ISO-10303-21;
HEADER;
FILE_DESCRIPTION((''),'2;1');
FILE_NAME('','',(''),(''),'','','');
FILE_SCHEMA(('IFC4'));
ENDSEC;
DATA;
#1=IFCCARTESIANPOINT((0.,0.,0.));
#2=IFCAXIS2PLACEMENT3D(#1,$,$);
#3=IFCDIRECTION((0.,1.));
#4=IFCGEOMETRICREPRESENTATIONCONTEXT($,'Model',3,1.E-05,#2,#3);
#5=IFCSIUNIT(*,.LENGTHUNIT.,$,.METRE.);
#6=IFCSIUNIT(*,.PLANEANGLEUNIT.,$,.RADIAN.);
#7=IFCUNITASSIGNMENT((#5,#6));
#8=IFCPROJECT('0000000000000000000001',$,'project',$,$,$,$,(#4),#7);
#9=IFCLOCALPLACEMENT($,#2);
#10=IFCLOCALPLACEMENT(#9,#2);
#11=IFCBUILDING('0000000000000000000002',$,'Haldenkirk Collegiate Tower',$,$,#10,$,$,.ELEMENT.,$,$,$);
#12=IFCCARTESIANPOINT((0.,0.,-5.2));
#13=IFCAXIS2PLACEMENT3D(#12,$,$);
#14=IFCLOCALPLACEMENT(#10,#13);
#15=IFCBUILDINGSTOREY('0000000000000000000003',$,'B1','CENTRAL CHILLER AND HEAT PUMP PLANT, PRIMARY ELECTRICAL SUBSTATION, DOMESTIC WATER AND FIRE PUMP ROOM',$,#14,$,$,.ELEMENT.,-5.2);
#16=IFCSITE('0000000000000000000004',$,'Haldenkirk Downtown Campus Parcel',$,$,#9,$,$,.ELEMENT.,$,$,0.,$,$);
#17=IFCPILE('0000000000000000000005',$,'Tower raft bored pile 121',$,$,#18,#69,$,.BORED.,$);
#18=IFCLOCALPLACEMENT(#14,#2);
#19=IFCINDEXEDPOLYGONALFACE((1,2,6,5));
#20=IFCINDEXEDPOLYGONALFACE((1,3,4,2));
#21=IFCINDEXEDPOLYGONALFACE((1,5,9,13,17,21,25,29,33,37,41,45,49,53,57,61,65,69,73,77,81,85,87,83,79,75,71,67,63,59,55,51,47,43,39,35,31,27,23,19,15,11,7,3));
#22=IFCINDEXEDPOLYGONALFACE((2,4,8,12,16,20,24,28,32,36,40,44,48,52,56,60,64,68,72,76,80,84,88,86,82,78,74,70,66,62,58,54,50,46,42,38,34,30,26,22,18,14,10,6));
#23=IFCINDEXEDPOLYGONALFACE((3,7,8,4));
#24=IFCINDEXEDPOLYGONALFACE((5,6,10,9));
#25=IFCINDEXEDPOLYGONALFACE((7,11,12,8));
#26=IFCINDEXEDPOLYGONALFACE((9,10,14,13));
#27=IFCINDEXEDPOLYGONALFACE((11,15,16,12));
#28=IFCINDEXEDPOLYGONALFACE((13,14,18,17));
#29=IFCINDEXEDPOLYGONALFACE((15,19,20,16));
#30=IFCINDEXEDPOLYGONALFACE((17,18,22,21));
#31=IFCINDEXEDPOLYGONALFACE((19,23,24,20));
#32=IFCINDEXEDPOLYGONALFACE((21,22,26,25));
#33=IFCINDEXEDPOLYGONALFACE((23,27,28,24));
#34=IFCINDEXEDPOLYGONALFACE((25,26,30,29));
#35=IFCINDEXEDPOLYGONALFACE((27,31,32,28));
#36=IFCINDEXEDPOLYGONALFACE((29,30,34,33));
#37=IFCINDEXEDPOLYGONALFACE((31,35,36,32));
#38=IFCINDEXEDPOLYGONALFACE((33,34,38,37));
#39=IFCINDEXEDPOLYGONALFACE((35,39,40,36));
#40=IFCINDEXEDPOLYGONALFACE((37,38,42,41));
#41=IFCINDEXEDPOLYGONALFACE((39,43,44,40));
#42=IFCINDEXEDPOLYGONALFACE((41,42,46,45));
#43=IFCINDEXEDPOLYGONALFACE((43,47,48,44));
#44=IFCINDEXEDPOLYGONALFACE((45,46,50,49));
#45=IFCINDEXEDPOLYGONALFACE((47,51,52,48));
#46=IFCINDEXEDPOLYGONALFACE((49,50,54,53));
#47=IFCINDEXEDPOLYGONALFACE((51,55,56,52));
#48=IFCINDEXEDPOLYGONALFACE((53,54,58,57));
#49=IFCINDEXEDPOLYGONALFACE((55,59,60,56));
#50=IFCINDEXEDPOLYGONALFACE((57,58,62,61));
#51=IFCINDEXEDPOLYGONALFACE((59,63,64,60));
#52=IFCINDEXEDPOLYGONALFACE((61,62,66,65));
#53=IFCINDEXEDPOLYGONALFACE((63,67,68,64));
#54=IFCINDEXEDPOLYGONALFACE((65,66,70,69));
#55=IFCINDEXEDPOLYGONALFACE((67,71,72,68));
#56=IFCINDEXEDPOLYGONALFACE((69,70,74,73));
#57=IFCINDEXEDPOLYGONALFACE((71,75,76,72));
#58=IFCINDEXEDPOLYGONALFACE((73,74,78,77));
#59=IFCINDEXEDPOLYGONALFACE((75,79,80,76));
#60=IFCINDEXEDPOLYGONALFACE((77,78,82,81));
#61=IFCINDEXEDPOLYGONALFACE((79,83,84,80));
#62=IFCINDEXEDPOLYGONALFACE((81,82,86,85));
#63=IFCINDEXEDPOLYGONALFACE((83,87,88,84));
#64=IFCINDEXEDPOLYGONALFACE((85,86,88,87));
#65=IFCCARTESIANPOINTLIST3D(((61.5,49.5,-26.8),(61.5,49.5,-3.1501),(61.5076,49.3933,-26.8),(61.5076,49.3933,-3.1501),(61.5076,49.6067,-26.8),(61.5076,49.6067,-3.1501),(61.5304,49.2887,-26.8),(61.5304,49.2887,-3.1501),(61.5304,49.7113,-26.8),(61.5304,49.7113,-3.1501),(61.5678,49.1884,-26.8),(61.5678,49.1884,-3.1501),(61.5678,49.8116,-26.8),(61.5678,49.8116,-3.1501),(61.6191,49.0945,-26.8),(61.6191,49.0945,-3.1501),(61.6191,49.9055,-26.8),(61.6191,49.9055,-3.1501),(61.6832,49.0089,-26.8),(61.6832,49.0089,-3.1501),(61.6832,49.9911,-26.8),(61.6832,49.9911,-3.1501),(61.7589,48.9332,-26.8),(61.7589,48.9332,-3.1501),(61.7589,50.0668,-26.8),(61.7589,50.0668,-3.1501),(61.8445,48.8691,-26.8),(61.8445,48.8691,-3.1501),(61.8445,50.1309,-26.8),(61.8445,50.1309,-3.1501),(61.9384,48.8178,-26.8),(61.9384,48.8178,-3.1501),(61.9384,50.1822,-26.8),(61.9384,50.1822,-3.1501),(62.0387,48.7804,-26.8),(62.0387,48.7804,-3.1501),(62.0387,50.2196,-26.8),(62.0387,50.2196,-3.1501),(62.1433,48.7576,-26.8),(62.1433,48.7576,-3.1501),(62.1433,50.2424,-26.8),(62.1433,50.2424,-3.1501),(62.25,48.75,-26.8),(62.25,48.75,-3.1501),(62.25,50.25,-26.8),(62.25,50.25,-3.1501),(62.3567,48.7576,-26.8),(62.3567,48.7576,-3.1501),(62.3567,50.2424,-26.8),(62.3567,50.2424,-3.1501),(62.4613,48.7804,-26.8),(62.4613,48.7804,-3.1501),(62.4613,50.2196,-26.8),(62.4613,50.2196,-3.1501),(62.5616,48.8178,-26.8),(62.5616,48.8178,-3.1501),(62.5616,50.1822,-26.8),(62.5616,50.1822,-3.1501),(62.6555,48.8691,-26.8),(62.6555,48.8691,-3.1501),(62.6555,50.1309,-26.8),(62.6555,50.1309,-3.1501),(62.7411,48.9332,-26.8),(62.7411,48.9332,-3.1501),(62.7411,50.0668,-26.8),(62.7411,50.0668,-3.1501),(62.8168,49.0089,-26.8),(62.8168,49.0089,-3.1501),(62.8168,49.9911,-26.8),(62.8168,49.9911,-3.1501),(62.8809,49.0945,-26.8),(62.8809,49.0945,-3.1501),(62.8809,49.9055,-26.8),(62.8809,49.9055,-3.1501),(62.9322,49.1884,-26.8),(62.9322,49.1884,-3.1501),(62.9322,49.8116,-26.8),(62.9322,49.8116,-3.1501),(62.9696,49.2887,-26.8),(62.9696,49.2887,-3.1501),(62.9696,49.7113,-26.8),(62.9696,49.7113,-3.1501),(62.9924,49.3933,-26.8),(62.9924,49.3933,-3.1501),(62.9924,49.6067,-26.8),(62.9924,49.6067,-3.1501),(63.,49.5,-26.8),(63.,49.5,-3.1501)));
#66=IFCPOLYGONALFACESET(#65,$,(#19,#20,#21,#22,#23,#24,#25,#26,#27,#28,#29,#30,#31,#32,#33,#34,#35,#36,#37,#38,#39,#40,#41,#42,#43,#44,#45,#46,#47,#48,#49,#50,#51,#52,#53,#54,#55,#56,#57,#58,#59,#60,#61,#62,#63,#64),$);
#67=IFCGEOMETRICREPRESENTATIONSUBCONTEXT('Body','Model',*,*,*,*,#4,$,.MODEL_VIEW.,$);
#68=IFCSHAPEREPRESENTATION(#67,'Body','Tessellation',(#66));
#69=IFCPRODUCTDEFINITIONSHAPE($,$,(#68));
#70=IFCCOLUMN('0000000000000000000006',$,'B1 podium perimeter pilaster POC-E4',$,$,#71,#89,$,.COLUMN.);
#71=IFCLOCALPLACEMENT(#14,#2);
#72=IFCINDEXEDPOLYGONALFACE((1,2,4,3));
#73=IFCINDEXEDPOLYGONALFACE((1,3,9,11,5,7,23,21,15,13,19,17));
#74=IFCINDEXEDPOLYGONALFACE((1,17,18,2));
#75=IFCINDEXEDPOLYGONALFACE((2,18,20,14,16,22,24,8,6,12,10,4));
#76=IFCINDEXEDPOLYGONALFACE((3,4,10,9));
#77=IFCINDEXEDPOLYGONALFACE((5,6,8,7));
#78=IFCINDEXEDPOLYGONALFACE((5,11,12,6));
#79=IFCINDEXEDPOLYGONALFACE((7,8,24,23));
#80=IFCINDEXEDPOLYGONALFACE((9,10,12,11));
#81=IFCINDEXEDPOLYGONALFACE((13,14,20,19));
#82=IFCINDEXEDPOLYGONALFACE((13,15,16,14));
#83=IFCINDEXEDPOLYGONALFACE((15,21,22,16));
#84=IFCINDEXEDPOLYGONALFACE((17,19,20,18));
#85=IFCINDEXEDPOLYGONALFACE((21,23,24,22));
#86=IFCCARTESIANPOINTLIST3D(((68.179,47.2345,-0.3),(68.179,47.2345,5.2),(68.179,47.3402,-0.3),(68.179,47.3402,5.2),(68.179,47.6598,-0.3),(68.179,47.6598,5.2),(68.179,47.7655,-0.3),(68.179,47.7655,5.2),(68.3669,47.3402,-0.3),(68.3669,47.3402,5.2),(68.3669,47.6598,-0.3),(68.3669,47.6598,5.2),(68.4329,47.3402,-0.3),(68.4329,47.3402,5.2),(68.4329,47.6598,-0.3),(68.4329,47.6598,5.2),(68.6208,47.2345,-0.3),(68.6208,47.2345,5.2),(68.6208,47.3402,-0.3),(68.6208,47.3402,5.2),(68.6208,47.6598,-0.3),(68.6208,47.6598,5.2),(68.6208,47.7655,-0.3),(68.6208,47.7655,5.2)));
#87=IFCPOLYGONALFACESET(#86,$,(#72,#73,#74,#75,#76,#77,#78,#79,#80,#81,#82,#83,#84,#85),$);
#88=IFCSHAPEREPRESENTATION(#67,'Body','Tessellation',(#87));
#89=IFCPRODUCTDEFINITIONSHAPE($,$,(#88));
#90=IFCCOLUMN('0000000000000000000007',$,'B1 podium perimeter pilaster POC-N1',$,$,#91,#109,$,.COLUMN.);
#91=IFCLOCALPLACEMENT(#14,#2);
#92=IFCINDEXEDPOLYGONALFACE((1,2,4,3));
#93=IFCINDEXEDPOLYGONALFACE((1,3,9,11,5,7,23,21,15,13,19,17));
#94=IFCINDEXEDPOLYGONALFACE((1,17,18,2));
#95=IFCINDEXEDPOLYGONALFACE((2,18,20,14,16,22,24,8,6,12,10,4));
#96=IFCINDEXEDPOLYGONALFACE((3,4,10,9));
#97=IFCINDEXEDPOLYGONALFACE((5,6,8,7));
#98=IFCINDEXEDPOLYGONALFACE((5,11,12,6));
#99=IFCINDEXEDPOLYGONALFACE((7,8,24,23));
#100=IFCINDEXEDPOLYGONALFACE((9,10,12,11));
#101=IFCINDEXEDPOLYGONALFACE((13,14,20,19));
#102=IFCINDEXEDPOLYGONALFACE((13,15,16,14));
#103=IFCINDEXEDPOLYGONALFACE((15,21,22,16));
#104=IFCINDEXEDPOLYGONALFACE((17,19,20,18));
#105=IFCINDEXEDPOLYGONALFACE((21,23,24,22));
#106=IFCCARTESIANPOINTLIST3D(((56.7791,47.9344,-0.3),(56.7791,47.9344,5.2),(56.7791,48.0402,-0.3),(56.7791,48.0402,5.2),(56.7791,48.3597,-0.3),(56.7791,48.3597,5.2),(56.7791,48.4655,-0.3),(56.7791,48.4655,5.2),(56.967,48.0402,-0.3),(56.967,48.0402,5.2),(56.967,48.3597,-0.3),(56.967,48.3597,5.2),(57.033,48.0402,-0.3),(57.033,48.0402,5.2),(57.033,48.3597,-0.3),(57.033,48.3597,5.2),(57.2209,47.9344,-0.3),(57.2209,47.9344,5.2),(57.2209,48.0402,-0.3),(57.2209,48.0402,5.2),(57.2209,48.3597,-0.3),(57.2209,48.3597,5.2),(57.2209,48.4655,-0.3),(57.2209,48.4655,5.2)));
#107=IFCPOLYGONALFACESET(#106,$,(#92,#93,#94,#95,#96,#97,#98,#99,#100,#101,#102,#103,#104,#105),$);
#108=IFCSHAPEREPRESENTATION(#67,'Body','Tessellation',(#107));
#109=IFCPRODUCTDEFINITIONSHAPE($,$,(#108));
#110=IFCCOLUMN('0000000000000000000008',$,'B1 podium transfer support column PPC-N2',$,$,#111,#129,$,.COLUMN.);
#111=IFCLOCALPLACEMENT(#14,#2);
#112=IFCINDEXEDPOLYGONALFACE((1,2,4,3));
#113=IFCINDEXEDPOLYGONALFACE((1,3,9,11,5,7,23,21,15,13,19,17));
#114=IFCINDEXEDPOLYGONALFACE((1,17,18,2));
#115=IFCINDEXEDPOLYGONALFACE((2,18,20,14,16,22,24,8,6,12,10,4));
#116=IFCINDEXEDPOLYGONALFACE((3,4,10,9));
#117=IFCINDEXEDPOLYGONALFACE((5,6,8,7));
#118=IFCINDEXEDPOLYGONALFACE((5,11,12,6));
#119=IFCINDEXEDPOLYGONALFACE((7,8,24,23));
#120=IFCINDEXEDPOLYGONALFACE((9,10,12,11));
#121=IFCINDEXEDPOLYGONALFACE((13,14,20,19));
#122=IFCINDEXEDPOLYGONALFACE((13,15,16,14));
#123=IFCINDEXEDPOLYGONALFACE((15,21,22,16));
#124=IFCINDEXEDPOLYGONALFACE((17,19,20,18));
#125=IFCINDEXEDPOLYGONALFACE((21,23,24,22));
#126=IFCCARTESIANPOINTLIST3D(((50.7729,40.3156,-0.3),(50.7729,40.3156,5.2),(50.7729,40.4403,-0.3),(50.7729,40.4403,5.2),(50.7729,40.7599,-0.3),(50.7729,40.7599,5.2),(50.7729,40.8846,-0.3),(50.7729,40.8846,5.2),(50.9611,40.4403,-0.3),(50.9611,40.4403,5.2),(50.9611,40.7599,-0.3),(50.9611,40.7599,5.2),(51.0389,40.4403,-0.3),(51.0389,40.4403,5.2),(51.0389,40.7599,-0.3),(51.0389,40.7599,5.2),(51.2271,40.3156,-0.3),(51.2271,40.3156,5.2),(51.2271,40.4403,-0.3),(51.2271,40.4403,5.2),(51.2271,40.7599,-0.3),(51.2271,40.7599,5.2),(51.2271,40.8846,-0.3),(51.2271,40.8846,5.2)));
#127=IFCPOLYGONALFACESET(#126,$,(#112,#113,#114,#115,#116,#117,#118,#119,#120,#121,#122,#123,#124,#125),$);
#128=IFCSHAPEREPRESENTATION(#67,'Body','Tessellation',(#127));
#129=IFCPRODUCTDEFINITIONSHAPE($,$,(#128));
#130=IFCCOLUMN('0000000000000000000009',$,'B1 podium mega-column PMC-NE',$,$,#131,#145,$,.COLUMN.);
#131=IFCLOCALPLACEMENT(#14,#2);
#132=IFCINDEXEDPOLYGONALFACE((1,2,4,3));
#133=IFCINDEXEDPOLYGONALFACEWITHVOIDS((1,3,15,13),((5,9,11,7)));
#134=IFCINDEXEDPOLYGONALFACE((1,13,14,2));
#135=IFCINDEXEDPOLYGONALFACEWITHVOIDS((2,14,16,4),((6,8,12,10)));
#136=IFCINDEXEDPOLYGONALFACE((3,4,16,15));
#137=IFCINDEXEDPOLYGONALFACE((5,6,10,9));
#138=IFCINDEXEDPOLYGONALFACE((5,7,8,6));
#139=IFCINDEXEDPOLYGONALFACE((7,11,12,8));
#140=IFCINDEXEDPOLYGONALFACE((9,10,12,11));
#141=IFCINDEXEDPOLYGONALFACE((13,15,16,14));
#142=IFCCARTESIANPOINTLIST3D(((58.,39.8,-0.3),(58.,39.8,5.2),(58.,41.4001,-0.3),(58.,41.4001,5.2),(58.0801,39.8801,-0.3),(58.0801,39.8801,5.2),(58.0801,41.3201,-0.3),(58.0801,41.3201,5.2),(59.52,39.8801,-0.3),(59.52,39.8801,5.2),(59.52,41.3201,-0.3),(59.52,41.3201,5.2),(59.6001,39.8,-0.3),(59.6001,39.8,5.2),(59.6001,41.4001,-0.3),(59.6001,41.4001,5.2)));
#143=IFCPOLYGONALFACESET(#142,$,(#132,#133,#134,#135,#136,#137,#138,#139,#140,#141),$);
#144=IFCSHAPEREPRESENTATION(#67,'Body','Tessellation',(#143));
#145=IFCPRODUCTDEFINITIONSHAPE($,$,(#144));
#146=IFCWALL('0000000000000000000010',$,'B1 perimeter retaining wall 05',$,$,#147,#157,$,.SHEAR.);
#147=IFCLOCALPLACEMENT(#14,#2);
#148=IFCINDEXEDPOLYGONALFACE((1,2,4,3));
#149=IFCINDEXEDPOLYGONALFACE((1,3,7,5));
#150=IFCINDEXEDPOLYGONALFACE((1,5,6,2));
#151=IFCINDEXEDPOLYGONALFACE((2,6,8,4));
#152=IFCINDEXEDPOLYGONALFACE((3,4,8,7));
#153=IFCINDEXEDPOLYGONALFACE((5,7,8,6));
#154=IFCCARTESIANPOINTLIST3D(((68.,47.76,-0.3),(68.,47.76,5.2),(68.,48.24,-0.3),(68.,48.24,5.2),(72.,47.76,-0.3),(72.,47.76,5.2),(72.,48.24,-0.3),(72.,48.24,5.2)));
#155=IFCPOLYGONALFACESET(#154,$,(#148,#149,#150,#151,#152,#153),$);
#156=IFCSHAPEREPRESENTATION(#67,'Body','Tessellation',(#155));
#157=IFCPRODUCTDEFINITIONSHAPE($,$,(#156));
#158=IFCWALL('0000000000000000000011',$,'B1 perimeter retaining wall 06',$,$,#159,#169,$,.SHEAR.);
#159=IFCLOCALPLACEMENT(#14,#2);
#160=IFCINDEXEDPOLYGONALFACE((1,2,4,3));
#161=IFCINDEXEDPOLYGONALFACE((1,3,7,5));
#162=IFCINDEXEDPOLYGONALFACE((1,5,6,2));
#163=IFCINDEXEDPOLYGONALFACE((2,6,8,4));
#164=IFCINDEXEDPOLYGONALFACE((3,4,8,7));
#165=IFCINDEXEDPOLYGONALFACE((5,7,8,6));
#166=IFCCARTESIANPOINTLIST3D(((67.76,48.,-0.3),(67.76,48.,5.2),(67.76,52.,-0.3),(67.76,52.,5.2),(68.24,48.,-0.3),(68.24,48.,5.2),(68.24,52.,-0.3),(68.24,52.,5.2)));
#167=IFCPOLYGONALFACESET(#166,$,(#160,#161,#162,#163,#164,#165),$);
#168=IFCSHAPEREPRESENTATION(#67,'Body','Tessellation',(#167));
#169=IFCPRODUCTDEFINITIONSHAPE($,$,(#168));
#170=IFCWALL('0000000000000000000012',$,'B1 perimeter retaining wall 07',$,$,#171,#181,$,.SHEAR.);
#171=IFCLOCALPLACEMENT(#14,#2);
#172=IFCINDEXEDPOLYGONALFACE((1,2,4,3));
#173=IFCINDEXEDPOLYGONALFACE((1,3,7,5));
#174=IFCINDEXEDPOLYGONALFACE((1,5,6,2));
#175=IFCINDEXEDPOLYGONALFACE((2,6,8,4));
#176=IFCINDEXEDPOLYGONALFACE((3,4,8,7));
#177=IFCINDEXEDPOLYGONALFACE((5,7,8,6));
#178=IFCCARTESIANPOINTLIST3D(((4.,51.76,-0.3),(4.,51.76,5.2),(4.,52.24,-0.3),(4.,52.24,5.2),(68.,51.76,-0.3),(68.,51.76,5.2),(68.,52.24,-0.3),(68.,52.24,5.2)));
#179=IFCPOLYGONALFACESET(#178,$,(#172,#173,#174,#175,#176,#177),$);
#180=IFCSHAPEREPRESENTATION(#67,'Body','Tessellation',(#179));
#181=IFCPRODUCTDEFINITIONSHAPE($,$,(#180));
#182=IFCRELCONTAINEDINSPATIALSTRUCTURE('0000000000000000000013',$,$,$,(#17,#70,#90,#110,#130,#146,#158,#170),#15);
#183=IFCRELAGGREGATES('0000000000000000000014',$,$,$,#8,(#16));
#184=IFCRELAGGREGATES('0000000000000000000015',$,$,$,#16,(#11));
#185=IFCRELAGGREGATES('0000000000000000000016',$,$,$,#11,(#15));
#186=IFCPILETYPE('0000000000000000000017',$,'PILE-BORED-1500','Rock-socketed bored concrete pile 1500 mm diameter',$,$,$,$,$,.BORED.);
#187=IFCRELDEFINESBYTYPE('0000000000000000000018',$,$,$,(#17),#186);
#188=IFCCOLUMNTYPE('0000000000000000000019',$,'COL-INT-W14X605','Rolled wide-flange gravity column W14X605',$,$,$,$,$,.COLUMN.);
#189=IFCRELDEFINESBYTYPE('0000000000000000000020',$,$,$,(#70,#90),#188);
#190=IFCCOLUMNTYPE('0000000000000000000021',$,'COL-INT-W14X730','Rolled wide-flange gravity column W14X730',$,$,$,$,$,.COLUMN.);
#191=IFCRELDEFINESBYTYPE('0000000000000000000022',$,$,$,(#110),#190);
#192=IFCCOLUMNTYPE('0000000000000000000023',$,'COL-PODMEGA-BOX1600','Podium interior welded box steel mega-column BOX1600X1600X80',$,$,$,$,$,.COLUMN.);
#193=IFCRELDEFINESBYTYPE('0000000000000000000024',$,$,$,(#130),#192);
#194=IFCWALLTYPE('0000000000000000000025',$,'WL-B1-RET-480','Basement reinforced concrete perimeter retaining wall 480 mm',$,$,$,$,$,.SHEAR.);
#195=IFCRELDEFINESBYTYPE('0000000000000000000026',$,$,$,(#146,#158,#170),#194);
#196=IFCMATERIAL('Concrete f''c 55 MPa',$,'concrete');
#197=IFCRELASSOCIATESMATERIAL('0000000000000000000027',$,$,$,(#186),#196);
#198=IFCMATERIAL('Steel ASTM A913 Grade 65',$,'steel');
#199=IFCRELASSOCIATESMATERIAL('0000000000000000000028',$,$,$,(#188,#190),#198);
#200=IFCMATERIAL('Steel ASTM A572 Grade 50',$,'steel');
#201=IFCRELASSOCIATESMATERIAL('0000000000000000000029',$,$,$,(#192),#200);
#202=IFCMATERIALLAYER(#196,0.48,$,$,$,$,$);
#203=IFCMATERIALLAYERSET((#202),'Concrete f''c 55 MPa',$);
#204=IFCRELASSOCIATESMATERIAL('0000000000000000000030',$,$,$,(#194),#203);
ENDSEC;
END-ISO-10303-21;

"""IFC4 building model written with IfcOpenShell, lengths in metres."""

from ifc_helpers import new_model, si_unit, direction, frame, frame_2d, origin, origin_2d, place, context, subcontext, project, spatial, rectangle, hollow_rectangle, circle, i_section, extrude, material, layer, layer_set, material_profile, profile_set, type_object, element, save


model = new_model("IFC4")

# Units and contexts
model_context = context("Model", 3, precision=1e-05, world=origin(), true_north=direction((0.0, 1.0)))
body_context = subcontext(model_context, "Body", "Model", "MODEL_VIEW")
ifc_project = project(units=[si_unit("LENGTHUNIT", "METRE"), si_unit("PLANEANGLEUNIT", "RADIAN")], contexts=[model_context])

# Site, building, storey
site_placement = place(None, origin())
site = spatial("IfcSite", under=ifc_project, at=site_placement, Name="Haldenkirk Downtown Campus Parcel", CompositionType="ELEMENT", RefElevation=0.0)
building_placement = place(site_placement, origin())
building = spatial("IfcBuilding", under=site, at=building_placement, Name="Haldenkirk Collegiate Tower", CompositionType="ELEMENT")
storey_placement = place(building_placement, frame((0.0, 0.0, -5.2)))
storey = spatial("IfcBuildingStorey", under=building, at=storey_placement, Name="B1", Description="CENTRAL CHILLER AND HEAT PUMP PLANT, PRIMARY ELECTRICAL SUBSTATION, DOMESTIC WATER AND FIRE PUMP ROOM", CompositionType="ELEMENT", Elevation=-5.2)

# Shared definitions
ifc_material_1 = material(Name="Concrete f'c 55 MPa", Category="concrete")

# Pile
ifc_material_profile_1 = material_profile(ifc_material_1, circle(Radius=0.75, at=origin_2d()), Name="PILE1500")
ifc_profile_set_1 = profile_set([ifc_material_profile_1], Name="Concrete f'c 55 MPa")
pile_type_1 = type_object("IfcPileType", Name="PILE-BORED-1500", Description="Rock-socketed bored concrete pile 1500 mm diameter", PredefinedType="BORED", material=ifc_profile_set_1)
for number, where, z_axis, x_axis, name in (
    (1, (62.25, 49.5, -3.1501), (0.0, 0.0, -1.0), (1.0, 0.0, 0.0), "Tower raft bored pile 121"),
):
    element("IfcPile", number, at=place(storey_placement, frame(where, z_axis=z_axis, x_axis=x_axis)), inside=storey, type_object=pile_type_1, Name=name, PredefinedType="BORED", context=body_context, shape_type="SweptSolid", body=[
        extrude(circle(Radius=0.75, at=origin_2d()), origin(), (0.0, 0.0, 1.0), 23.6499),
    ])

# Columns
ifc_material_2 = material(Name="Steel ASTM A913 Grade 65", Category="steel")
ifc_material_profile_2 = material_profile(ifc_material_2, i_section(OverallWidth=0.4419, OverallDepth=0.531, WebThickness=0.0659, FlangeThickness=0.1057, at=origin_2d()), Name="W14X605")
ifc_profile_set_2 = profile_set([ifc_material_profile_2], Name="Steel ASTM A913 Grade 65")
column_type_1 = type_object("IfcColumnType", Name="COL-INT-W14X605", Description="Rolled wide-flange gravity column W14X605", PredefinedType="COLUMN", material=ifc_profile_set_2)
for number, where, z_axis, x_axis, name in (
    (2, (68.3999, 47.5, -0.3), (0.0, 0.0, 1.0), (1.0, 0.0, 0.0), "B1 podium perimeter pilaster POC-E4"),
    (3, (57.0, 48.2, -0.3), (0.0, 0.0, 1.0), (1.0, 0.0, 0.0), "B1 podium perimeter pilaster POC-N1"),
):
    element("IfcColumn", number, at=place(storey_placement, frame(where, z_axis=z_axis, x_axis=x_axis)), inside=storey, type_object=column_type_1, Name=name, PredefinedType="COLUMN", context=body_context, shape_type="SweptSolid", body=[
        extrude(i_section(OverallWidth=0.4419, OverallDepth=0.531, WebThickness=0.0659, FlangeThickness=0.1057, at=origin_2d()), origin(), (0.0, 0.0, 1.0), 5.5),
    ])
ifc_material_profile_3 = material_profile(ifc_material_2, i_section(OverallWidth=0.4541, OverallDepth=0.5691, WebThickness=0.0779, FlangeThickness=0.1248, at=origin_2d()), Name="W14X730")
ifc_profile_set_3 = profile_set([ifc_material_profile_3], Name="Steel ASTM A913 Grade 65")
column_type_2 = type_object("IfcColumnType", Name="COL-INT-W14X730", Description="Rolled wide-flange gravity column W14X730", PredefinedType="COLUMN", material=ifc_profile_set_3)
column_1_placement = place(storey_placement, frame((51.0, 40.6001, -0.3), z_axis=(0.0, 0.0, 1.0), x_axis=(1.0, 0.0, 0.0)))
element("IfcColumn", 4, at=column_1_placement, inside=storey, type_object=column_type_2, Name="B1 podium transfer support column PPC-N2", PredefinedType="COLUMN", context=body_context, shape_type="SweptSolid", body=[
    extrude(i_section(OverallWidth=0.4541, OverallDepth=0.5691, WebThickness=0.0779, FlangeThickness=0.1248, at=origin_2d()), origin(), (0.0, 0.0, 1.0), 5.5),
])
ifc_material_3 = material(Name="Steel ASTM A572 Grade 50", Category="steel")
ifc_material_profile_4 = material_profile(ifc_material_3, hollow_rectangle(XDim=1.6001, YDim=1.6001, WallThickness=0.0801, at=origin_2d()), Name="BOX1600X1600X80")
ifc_profile_set_4 = profile_set([ifc_material_profile_4], Name="Steel ASTM A572 Grade 50")
column_type_3 = type_object("IfcColumnType", Name="COL-PODMEGA-BOX1600", Description="Podium interior welded box steel mega-column BOX1600X1600X80", PredefinedType="COLUMN", material=ifc_profile_set_4)
column_2_placement = place(storey_placement, frame((58.8, 40.6001, -0.3), z_axis=(0.0, 0.0, 1.0), x_axis=(1.0, 0.0, 0.0)))
element("IfcColumn", 5, at=column_2_placement, inside=storey, type_object=column_type_3, Name="B1 podium mega-column PMC-NE", PredefinedType="COLUMN", context=body_context, shape_type="SweptSolid", body=[
    extrude(hollow_rectangle(XDim=1.6001, YDim=1.6001, WallThickness=0.0801, at=origin_2d()), origin(), (0.0, 0.0, 1.0), 5.5),
])

# Walls
ifc_layer = layer(ifc_material_1, 0.48)
ifc_layer_set = layer_set([ifc_layer], Name="Concrete f'c 55 MPa")
wall_type = type_object("IfcWallType", Name="WL-B1-RET-480", Description="Basement reinforced concrete perimeter retaining wall 480 mm", PredefinedType="SHEAR", material=ifc_layer_set)
for number, where, z_axis, x_axis, name in (
    (6, (72.0, 48.0, -0.3), (0.0, 0.0, 1.0), (-1.0, 0.0, 0.0), "B1 perimeter retaining wall 05"),
    (7, (68.0, 48.0, -0.3), (0.0, 0.0, 1.0), (0.0, 1.0, 0.0), "B1 perimeter retaining wall 06"),
):
    element("IfcWall", number, at=place(storey_placement, frame(where, z_axis=z_axis, x_axis=x_axis)), inside=storey, type_object=wall_type, Name=name, PredefinedType="SHEAR", context=body_context, shape_type="SweptSolid", body=[
        extrude(rectangle(XDim=4.0, YDim=0.48, at=frame_2d((2.0, 0.0))), origin(), (0.0, 0.0, 1.0), 5.5),
    ])
wall_placement = place(storey_placement, frame((68.0, 52.0, -0.3), z_axis=(0.0, 0.0, 1.0), x_axis=(-1.0, 0.0, 0.0)))
element("IfcWall", 8, at=wall_placement, inside=storey, type_object=wall_type, Name="B1 perimeter retaining wall 07", PredefinedType="SHEAR", context=body_context, shape_type="SweptSolid", body=[
    extrude(rectangle(XDim=64.0, YDim=0.48, at=frame_2d((32.0, 0.0))), origin(), (0.0, 0.0, 1.0), 5.5),
])

save(model, "model.ifc")
